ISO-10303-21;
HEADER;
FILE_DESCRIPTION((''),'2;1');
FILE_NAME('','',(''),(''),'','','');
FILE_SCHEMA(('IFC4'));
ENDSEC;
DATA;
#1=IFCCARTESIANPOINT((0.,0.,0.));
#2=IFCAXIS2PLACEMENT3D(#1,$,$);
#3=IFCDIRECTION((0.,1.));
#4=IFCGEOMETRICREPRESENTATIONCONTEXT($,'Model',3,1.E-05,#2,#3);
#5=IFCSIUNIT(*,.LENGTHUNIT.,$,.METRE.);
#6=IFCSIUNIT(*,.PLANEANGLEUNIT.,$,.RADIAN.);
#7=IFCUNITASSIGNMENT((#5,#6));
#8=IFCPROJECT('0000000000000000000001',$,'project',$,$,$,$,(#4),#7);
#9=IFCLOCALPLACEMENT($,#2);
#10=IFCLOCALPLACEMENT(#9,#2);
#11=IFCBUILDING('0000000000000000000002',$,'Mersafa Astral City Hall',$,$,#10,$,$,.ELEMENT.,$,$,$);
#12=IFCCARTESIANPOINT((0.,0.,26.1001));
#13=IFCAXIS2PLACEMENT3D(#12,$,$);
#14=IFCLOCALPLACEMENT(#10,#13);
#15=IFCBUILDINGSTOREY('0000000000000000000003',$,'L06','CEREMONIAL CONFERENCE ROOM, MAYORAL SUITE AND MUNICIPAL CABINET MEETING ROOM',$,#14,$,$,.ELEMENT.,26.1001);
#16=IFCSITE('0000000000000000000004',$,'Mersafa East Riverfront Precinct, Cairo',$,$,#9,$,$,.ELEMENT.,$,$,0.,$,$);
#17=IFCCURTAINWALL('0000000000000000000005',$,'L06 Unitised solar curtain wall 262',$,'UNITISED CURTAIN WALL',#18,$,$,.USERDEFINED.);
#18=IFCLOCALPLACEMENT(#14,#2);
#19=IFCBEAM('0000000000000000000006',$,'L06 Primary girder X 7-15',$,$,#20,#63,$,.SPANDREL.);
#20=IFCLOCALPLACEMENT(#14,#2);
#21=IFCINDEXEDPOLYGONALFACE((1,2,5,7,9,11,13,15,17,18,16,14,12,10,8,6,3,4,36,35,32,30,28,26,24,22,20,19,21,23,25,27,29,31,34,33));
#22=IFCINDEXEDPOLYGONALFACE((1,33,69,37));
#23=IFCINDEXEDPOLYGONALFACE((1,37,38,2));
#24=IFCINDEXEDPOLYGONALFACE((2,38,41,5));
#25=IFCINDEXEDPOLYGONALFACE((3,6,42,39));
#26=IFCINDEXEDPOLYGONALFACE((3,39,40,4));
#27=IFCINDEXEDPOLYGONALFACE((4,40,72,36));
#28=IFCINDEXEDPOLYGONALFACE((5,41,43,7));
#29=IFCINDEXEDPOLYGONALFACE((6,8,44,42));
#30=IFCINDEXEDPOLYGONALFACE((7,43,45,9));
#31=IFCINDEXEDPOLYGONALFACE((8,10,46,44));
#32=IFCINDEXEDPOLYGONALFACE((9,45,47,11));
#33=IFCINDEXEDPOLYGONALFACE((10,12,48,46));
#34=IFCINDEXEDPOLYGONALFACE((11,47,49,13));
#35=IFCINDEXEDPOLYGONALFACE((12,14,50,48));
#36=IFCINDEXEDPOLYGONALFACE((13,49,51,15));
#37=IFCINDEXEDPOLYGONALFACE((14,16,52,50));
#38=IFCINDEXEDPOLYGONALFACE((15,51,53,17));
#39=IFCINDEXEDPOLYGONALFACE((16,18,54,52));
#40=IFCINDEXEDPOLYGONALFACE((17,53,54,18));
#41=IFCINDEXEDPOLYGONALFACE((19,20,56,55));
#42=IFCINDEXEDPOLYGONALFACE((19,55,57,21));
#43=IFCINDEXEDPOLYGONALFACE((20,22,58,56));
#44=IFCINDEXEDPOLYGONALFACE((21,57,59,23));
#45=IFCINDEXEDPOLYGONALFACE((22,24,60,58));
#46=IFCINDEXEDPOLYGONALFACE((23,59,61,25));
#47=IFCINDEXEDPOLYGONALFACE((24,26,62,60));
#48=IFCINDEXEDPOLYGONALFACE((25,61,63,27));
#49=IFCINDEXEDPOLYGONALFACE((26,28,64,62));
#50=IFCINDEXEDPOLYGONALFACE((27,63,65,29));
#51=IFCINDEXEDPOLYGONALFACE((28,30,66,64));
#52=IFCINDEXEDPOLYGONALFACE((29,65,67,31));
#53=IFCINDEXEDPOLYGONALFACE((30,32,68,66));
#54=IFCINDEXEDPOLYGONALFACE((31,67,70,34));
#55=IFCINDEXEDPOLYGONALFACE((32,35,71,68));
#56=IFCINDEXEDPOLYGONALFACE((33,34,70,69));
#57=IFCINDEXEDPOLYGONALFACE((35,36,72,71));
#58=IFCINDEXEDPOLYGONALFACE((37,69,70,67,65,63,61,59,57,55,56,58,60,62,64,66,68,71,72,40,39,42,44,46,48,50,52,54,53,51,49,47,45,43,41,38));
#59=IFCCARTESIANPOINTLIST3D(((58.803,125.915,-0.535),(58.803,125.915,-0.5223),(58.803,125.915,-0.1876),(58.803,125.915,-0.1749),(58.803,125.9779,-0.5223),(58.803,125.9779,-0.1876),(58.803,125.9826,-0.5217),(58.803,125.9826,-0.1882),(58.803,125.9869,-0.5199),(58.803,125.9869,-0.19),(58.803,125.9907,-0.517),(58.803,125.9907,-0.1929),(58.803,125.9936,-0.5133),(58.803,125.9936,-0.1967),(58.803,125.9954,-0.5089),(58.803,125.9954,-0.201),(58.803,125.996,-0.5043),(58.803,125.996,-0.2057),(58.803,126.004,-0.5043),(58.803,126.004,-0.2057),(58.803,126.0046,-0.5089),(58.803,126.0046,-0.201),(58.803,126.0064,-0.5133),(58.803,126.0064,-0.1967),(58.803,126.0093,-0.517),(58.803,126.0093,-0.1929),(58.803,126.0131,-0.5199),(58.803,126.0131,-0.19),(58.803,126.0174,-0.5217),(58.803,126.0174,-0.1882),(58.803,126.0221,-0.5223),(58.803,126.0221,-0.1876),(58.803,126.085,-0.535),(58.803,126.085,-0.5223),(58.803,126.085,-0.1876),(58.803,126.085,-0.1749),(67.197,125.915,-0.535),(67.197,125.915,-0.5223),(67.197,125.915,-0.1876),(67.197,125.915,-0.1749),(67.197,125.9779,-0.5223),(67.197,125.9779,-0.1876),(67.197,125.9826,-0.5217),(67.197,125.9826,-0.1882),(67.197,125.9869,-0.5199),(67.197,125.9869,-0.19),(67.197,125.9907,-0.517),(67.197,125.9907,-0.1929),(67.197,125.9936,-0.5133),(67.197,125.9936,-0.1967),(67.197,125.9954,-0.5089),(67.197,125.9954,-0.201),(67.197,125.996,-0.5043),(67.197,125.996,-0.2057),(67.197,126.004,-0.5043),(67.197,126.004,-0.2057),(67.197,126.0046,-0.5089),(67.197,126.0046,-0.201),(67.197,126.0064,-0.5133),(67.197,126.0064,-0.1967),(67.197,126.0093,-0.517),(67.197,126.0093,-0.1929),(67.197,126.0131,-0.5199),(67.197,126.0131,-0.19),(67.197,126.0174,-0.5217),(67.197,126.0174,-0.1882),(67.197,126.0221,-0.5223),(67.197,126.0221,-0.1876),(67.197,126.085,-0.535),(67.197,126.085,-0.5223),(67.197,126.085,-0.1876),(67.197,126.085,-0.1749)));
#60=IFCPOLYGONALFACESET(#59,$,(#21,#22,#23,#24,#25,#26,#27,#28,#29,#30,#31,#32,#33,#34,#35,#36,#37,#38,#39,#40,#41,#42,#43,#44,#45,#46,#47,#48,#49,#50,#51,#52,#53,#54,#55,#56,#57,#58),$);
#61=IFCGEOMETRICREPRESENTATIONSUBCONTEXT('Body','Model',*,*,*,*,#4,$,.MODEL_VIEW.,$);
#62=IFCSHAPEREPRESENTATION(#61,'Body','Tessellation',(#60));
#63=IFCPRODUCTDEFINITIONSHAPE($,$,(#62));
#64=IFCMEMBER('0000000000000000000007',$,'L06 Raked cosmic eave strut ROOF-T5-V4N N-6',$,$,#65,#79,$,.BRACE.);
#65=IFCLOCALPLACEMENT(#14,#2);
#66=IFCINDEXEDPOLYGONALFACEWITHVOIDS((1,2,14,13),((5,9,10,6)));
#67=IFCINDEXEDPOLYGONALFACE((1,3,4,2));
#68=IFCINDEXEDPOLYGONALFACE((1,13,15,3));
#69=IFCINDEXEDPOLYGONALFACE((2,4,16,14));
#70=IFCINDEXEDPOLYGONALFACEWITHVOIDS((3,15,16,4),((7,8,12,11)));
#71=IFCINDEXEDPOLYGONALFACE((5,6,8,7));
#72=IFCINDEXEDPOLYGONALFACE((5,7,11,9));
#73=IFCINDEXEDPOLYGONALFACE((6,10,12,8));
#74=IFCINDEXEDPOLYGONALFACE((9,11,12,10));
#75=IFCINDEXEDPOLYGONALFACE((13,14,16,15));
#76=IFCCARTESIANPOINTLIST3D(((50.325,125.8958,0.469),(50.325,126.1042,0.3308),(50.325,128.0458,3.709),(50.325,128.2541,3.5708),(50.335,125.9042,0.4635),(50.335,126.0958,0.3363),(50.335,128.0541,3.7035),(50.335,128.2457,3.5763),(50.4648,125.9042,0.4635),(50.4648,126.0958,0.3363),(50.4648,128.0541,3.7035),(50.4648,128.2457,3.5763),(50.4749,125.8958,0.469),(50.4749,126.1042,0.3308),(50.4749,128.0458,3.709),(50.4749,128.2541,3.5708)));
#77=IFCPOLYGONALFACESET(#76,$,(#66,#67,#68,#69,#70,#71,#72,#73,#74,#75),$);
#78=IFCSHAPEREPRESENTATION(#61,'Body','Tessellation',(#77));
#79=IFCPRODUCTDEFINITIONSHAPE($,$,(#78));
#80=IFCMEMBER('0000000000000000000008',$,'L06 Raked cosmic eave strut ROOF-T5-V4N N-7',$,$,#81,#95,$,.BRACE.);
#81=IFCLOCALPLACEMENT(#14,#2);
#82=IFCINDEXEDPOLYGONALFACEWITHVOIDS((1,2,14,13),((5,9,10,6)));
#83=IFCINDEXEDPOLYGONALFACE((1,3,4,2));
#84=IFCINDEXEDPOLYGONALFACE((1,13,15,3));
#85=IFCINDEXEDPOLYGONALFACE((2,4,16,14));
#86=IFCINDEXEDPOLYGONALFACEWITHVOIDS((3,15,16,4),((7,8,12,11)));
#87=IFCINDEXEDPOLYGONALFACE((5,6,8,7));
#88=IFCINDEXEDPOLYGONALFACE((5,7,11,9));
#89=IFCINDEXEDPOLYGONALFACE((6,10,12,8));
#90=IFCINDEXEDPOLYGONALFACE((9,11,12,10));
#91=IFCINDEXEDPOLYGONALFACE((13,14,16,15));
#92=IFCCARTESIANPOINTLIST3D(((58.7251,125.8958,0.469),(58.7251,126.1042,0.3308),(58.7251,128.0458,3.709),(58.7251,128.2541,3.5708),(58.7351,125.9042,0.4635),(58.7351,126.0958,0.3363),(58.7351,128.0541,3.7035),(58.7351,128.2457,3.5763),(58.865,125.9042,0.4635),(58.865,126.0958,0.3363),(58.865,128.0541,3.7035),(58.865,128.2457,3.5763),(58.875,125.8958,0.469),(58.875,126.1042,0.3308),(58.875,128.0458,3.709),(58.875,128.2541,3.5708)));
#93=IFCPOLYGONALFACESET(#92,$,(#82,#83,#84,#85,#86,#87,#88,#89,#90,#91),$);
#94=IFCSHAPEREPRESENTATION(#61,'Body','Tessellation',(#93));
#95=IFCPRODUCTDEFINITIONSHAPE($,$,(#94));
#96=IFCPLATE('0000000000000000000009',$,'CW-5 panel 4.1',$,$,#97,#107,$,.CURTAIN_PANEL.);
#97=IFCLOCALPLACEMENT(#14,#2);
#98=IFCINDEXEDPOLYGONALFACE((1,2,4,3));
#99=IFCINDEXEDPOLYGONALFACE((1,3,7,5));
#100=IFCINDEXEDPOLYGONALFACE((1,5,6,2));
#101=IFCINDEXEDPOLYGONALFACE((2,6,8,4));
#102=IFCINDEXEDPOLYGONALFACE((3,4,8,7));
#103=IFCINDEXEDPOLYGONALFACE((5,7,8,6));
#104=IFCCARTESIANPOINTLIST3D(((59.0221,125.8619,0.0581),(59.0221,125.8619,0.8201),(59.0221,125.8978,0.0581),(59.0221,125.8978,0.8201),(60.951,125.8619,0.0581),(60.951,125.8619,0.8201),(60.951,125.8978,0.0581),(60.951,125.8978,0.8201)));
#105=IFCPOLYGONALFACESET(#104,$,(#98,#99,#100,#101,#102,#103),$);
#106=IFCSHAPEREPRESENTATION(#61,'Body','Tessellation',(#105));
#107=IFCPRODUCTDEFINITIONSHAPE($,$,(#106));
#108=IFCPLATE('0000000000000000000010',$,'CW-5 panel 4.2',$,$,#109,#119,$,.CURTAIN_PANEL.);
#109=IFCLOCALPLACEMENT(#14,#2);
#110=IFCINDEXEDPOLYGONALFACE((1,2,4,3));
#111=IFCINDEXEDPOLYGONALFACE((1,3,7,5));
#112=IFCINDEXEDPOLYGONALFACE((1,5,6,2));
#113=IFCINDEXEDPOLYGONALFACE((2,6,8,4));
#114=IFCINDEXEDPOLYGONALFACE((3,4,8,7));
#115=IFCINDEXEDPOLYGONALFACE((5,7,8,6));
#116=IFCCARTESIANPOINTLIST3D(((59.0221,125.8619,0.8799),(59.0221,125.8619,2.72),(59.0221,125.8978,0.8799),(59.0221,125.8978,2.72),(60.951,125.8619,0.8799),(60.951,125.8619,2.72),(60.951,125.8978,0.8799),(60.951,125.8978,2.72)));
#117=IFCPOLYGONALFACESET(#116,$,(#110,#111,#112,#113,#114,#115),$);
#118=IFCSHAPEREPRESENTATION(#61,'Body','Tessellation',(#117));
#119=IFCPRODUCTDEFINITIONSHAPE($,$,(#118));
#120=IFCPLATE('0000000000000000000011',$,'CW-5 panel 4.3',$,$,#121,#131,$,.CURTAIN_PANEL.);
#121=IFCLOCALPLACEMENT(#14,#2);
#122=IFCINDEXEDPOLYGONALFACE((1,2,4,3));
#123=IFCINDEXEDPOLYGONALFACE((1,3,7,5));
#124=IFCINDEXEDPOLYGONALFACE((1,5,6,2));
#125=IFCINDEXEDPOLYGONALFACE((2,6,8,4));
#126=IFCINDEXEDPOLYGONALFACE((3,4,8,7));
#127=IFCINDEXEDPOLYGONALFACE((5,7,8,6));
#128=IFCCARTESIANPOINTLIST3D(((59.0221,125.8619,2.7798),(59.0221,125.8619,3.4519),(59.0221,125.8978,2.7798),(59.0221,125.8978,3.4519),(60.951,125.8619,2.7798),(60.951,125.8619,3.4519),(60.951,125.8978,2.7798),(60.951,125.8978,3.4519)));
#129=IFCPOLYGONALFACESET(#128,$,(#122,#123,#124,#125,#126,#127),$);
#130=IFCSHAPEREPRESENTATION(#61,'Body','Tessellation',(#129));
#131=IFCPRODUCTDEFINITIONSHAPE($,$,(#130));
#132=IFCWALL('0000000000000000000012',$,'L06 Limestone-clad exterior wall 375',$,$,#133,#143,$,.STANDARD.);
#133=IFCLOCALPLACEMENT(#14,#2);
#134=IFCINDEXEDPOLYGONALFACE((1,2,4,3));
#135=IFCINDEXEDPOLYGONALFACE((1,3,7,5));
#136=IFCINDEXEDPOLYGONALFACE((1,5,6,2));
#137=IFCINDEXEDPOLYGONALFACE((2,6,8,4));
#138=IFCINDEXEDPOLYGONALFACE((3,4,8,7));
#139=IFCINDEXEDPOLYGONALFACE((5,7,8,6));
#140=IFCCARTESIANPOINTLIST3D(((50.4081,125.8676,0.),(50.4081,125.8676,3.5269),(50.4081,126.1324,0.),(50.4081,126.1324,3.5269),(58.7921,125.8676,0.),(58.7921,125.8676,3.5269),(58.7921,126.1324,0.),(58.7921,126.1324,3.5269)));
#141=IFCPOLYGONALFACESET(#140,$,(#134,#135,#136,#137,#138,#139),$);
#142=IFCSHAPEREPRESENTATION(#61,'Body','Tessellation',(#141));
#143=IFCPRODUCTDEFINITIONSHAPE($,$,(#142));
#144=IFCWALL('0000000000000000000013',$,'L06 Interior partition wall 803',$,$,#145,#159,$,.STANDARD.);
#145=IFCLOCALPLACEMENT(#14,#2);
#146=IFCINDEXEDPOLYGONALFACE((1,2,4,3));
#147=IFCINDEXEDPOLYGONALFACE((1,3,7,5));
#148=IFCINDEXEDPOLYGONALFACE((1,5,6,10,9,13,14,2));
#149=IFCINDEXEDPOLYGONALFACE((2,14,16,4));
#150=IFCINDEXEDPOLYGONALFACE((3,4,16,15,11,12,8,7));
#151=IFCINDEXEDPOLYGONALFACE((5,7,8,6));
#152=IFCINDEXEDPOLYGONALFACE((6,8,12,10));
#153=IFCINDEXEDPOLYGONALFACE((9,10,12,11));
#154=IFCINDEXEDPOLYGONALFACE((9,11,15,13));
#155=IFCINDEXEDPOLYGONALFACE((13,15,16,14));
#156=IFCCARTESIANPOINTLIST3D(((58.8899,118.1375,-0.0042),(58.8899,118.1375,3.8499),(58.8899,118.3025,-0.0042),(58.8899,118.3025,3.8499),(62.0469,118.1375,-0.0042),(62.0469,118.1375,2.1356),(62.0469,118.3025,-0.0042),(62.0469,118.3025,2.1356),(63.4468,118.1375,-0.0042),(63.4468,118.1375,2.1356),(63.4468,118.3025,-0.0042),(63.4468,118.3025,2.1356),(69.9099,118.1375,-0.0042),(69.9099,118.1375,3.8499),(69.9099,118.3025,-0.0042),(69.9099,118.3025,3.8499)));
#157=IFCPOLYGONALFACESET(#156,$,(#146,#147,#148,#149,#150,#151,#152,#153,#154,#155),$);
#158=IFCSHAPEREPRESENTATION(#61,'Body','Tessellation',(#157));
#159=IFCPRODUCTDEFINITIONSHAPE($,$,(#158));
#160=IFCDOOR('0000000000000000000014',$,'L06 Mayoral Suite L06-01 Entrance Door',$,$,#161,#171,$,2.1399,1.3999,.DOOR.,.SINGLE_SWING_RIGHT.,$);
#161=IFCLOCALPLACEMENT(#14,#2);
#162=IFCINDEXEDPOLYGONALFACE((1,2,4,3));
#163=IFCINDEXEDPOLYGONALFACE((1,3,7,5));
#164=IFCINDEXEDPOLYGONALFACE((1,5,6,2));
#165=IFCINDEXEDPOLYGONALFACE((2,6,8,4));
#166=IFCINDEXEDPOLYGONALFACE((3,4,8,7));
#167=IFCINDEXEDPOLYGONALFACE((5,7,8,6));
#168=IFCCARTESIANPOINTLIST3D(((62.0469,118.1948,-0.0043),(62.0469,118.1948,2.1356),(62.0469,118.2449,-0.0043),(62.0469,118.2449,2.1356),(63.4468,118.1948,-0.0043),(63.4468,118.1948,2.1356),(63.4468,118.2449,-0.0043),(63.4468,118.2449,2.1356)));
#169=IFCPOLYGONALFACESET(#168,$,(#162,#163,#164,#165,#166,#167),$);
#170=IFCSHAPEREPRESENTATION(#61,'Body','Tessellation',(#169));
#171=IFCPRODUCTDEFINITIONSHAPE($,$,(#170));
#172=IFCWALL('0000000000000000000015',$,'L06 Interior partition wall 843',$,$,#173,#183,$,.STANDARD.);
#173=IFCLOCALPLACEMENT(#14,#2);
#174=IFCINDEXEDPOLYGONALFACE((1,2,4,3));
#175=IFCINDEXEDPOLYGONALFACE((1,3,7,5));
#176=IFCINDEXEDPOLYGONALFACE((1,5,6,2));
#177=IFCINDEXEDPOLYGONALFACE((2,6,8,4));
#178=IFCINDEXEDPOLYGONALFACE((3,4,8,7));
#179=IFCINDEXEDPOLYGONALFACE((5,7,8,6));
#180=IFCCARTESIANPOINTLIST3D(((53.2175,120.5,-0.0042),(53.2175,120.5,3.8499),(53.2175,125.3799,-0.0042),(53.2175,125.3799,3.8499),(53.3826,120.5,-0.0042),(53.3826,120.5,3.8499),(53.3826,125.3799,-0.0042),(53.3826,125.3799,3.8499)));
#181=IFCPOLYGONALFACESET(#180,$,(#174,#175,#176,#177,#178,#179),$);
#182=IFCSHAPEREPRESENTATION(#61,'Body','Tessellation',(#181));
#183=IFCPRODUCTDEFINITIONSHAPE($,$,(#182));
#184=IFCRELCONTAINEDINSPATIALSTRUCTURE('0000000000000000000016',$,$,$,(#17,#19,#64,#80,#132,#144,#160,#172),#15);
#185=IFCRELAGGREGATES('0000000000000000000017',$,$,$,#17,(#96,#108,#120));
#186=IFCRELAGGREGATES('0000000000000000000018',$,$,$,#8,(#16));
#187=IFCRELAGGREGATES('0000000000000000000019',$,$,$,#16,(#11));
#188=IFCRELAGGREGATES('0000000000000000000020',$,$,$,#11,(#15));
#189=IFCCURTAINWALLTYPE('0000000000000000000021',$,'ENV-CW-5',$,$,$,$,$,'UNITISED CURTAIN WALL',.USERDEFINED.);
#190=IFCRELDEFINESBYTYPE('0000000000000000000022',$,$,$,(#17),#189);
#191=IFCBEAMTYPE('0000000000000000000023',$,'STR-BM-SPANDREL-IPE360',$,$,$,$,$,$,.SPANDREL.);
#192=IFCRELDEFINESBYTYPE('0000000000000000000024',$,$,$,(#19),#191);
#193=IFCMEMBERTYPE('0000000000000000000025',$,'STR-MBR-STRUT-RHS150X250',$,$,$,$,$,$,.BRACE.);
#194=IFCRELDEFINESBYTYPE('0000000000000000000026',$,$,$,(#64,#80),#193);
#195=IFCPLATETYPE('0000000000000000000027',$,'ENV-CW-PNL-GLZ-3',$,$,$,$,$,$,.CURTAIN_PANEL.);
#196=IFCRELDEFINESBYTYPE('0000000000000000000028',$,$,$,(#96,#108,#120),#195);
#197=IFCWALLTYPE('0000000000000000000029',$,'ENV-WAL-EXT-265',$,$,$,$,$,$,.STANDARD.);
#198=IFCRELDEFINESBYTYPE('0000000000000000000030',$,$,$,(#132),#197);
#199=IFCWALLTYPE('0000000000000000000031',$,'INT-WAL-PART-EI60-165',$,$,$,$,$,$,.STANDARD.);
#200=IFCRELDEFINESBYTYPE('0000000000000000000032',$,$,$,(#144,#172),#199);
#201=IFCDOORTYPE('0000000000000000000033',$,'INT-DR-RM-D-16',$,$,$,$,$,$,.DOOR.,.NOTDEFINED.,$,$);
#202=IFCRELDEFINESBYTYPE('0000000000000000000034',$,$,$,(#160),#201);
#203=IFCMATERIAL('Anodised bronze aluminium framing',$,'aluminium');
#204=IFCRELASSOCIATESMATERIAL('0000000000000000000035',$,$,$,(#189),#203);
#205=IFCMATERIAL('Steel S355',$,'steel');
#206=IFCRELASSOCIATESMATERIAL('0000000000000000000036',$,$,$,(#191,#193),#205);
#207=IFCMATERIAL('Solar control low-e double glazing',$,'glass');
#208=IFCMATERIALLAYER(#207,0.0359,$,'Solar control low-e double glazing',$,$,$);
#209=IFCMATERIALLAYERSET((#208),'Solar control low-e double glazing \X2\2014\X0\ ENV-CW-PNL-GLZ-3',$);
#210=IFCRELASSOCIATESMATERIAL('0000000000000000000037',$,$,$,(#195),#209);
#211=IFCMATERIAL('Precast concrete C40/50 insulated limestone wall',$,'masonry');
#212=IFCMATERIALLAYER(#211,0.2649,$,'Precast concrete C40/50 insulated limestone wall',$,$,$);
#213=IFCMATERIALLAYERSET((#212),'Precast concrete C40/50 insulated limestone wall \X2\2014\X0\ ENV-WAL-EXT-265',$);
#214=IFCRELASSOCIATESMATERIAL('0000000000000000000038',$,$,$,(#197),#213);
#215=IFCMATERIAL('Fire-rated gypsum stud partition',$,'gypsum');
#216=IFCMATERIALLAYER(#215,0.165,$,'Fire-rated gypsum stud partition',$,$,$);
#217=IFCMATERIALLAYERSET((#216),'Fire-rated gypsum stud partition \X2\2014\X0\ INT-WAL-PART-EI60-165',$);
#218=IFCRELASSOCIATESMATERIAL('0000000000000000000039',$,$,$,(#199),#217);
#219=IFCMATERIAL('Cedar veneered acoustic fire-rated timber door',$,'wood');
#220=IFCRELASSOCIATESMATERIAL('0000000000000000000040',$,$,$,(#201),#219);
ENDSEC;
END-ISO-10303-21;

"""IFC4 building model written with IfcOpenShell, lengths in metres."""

from ifc_helpers import new_model, si_unit, direction, frame, frame_2d, origin, origin_2d, place, context, subcontext, project, spatial, rectangle, hollow_rectangle, i_section, extrude, material, layer, layer_set, material_profile, profile_set, type_object, element, fill, aggregate, save


model = new_model("IFC4")

# Units and contexts
model_context = context("Model", 3, precision=1e-05, world=origin(), true_north=direction((0.0, 1.0)))
body_context = subcontext(model_context, "Body", "Model", "MODEL_VIEW")
ifc_project = project(units=[si_unit("LENGTHUNIT", "METRE"), si_unit("PLANEANGLEUNIT", "RADIAN")], contexts=[model_context])

# Site, building, storey
site_placement = place(None, origin())
site = spatial("IfcSite", under=ifc_project, at=site_placement, Name="Mersafa East Riverfront Precinct, Cairo", CompositionType="ELEMENT", RefElevation=0.0)
building_placement = place(site_placement, origin())
building = spatial("IfcBuilding", under=site, at=building_placement, Name="Mersafa Astral City Hall", CompositionType="ELEMENT")
storey_placement = place(building_placement, frame((0.0, 0.0, 26.1001)))
storey = spatial("IfcBuildingStorey", under=building, at=storey_placement, Name="L06", Description="CEREMONIAL CONFERENCE ROOM, MAYORAL SUITE AND MUNICIPAL CABINET MEETING ROOM", CompositionType="ELEMENT", Elevation=26.1001)

# Shared definitions
ifc_material_1 = material(Name="Steel S355", Category="steel")

# Curtain wall
ifc_material_2 = material(Name="Anodised bronze aluminium framing", Category="aluminium")
curtain_wall_type = type_object("IfcCurtainWallType", Name="ENV-CW-5", ElementType="UNITISED CURTAIN WALL", PredefinedType="USERDEFINED", material=ifc_material_2)
curtain_wall_placement = place(storey_placement, origin())
curtain_wall = element("IfcCurtainWall", 1, at=curtain_wall_placement, inside=storey, type_object=curtain_wall_type, Name="L06 Unitised solar curtain wall 262", ObjectType="UNITISED CURTAIN WALL", PredefinedType="USERDEFINED")

# Beam
ifc_material_profile_1 = material_profile(ifc_material_1, i_section(OverallWidth=0.1699, OverallDepth=0.3601, WebThickness=0.0081, FlangeThickness=0.0127, FilletRadius=0.0181, at=origin_2d()), Name="IPE 360")
ifc_profile_set_1 = profile_set([ifc_material_profile_1], Name="Steel S355")
beam_type_1 = type_object("IfcBeamType", Name="STR-BM-SPANDREL-IPE360", PredefinedType="SPANDREL", material=ifc_profile_set_1)
beam_1_placement = place(storey_placement, frame((58.803, 126.0, -0.355), z_axis=(1.0, 0.0, 0.0), x_axis=(0.0, 1.0, 0.0)))
element("IfcBeam", 2, at=beam_1_placement, inside=storey, type_object=beam_type_1, Name="L06 Primary girder X 7-15", PredefinedType="SPANDREL", context=body_context, shape_type="SweptSolid", body=[
    extrude(i_section(OverallWidth=0.1699, OverallDepth=0.3601, WebThickness=0.0081, FlangeThickness=0.0127, FilletRadius=0.0181, at=origin_2d()), origin(), (0.0, 0.0, 1.0), 8.394),
])

# Members
ifc_material_profile_2 = material_profile(ifc_material_1, hollow_rectangle(XDim=0.1499, YDim=0.25, WallThickness=0.01, at=origin_2d()), Name="RHS 150x250x10")
ifc_profile_set_2 = profile_set([ifc_material_profile_2], Name="Steel S355")
member_type_1 = type_object("IfcMemberType", Name="STR-MBR-STRUT-RHS150X250", PredefinedType="BRACE", material=ifc_profile_set_2)
for number, where, z_axis, x_axis, name in (
    (3, (50.3999, 126.0, 0.3999), (0.0, 0.552902, 0.833246), (-1.0, 0.0, 0.0), "L06 Raked cosmic eave strut ROOF-T5-V4N N-6"),
    (4, (58.8, 126.0, 0.3999), (0.0, 0.552902, 0.833246), (-1.0, 0.0, 0.0), "L06 Raked cosmic eave strut ROOF-T5-V4N N-7"),
):
    element("IfcMember", number, at=place(storey_placement, frame(where, z_axis=z_axis, x_axis=x_axis)), inside=storey, type_object=member_type_1, Name=name, PredefinedType="BRACE", context=body_context, shape_type="SweptSolid", body=[
        extrude(hollow_rectangle(XDim=0.1499, YDim=0.25, WallThickness=0.01, at=origin_2d()), origin(), (0.0, 0.0, 1.0), 3.8884),
    ])

# Plates
ifc_material_3 = material(Name="Solar control low-e double glazing", Category="glass")
ifc_layer_1 = layer(ifc_material_3, 0.0359, Name="Solar control low-e double glazing")
ifc_layer_set_1 = layer_set([ifc_layer_1], Name="Solar control low-e double glazing — ENV-CW-PNL-GLZ-3")
plate_type = type_object("IfcPlateType", Name="ENV-CW-PNL-GLZ-3", PredefinedType="CURTAIN_PANEL", material=ifc_layer_set_1)
plate_1_placement = place(storey_placement, frame((59.9866, 125.8799, 0.0581), z_axis=(0.0, 0.0, 1.0), x_axis=(-1.0, 0.0, 0.0)))
plate_1 = element("IfcPlate", 5, at=plate_1_placement, type_object=plate_type, Name="CW-5 panel 4.1", PredefinedType="CURTAIN_PANEL", context=body_context, shape_type="SweptSolid", body=[
    extrude(rectangle(XDim=1.929, YDim=0.0359, at=origin_2d()), origin(), (0.0, 0.0, 1.0), 0.762),
])
plate_2_placement = place(storey_placement, frame((59.9866, 125.8799, 0.8799), z_axis=(0.0, 0.0, 1.0), x_axis=(-1.0, 0.0, 0.0)))
plate_2 = element("IfcPlate", 6, at=plate_2_placement, type_object=plate_type, Name="CW-5 panel 4.2", PredefinedType="CURTAIN_PANEL", context=body_context, shape_type="SweptSolid", body=[
    extrude(rectangle(XDim=1.929, YDim=0.0359, at=origin_2d()), origin(), (0.0, 0.0, 1.0), 1.8401),
])
plate_3_placement = place(storey_placement, frame((59.9866, 125.8799, 2.7798), z_axis=(0.0, 0.0, 1.0), x_axis=(-1.0, 0.0, 0.0)))
plate_3 = element("IfcPlate", 7, at=plate_3_placement, type_object=plate_type, Name="CW-5 panel 4.3", PredefinedType="CURTAIN_PANEL", context=body_context, shape_type="SweptSolid", body=[
    extrude(rectangle(XDim=1.929, YDim=0.0359, at=origin_2d()), origin(), (0.0, 0.0, 1.0), 0.6721),
])
aggregate(curtain_wall, [plate_1, plate_2, plate_3])

# Wall
ifc_material_4 = material(Name="Precast concrete C40/50 insulated limestone wall", Category="masonry")
ifc_layer_2 = layer(ifc_material_4, 0.2649, Name="Precast concrete C40/50 insulated limestone wall")
ifc_layer_set_2 = layer_set([ifc_layer_2], Name="Precast concrete C40/50 insulated limestone wall — ENV-WAL-EXT-265")
wall_type_1 = type_object("IfcWallType", Name="ENV-WAL-EXT-265", PredefinedType="STANDARD", material=ifc_layer_set_2)
wall_1_placement = place(storey_placement, frame((58.792, 126.0, 0.0), z_axis=(0.0, 0.0, 1.0), x_axis=(-1.0, 0.0, 0.0)))
element("IfcWall", 8, at=wall_1_placement, inside=storey, type_object=wall_type_1, Name="L06 Limestone-clad exterior wall 375", PredefinedType="STANDARD", context=body_context, shape_type="SweptSolid", body=[
    extrude(rectangle(XDim=8.384, YDim=0.2649, at=frame_2d((4.1919, 0.0))), origin(), (0.0, 0.0, 1.0), 3.5269),
])

# Wall, opening, door
ifc_material_5 = material(Name="Fire-rated gypsum stud partition", Category="gypsum")
ifc_layer_3 = layer(ifc_material_5, 0.165, Name="Fire-rated gypsum stud partition")
ifc_layer_set_3 = layer_set([ifc_layer_3], Name="Fire-rated gypsum stud partition — INT-WAL-PART-EI60-165")
wall_type_2 = type_object("IfcWallType", Name="INT-WAL-PART-EI60-165", PredefinedType="STANDARD", material=ifc_layer_set_3)
wall_2_placement = place(storey_placement, frame((58.8899, 118.22, -0.0042), z_axis=(0.0, 0.0, 1.0), x_axis=(1.0, 0.0, 0.0)))
wall_2 = element("IfcWall", 9, at=wall_2_placement, inside=storey, type_object=wall_type_2, Name="L06 Interior partition wall 803", PredefinedType="STANDARD", context=body_context, shape_type="SweptSolid", body=[
    extrude(rectangle(XDim=11.02, YDim=0.165, at=frame_2d((5.51, 0.0))), origin(), (0.0, 0.0, 1.0), 3.854),
])
opening_1_placement = place(wall_2_placement, frame((3.157, 0.0, 0.0)))
opening_1 = element("IfcOpeningElement", 10, at=opening_1_placement, cuts=wall_2, PredefinedType="OPENING", context=body_context, shape_type="SweptSolid", body=[
    extrude(rectangle(XDim=1.3999, YDim=2.1399, at=frame_2d((0.7, 1.0698))), frame((0.0, 0.0925, 0.0), z_axis=(0.0, -1.0, 0.0), x_axis=(1.0, 0.0, 0.0)), (0.0, 0.0, 1.0), 0.1851),
])
ifc_material_6 = material(Name="Cedar veneered acoustic fire-rated timber door", Category="wood")
door_type_1 = type_object("IfcDoorType", Name="INT-DR-RM-D-16", OperationType="NOTDEFINED", PredefinedType="DOOR", material=ifc_material_6)
door_1_placement = place(opening_1_placement, origin())
door_1 = element("IfcDoor", 11, at=door_1_placement, inside=storey, type_object=door_type_1, Name="L06 Mayoral Suite L06-01 Entrance Door", OperationType="SINGLE_SWING_RIGHT", OverallHeight=2.1399, OverallWidth=1.3999, PredefinedType="DOOR", context=body_context, shape_type="SweptSolid", body=[
    extrude(rectangle(XDim=1.3999, YDim=2.1399, at=frame_2d((0.7, 1.0698))), frame((0.0, 0.0249, 0.0), z_axis=(0.0, -1.0, 0.0), x_axis=(1.0, 0.0, 0.0)), (0.0, 0.0, 1.0), 0.05),
])
fill(opening_1, door_1)

# Wall
wall_3_placement = place(storey_placement, frame((53.3, 120.5, -0.0042), z_axis=(0.0, 0.0, 1.0), x_axis=(0.0, 1.0, 0.0)))
element("IfcWall", 12, at=wall_3_placement, inside=storey, type_object=wall_type_2, Name="L06 Interior partition wall 843", PredefinedType="STANDARD", context=body_context, shape_type="SweptSolid", body=[
    extrude(rectangle(XDim=4.8799, YDim=0.165, at=frame_2d((2.4399, 0.0))), origin(), (0.0, 0.0, 1.0), 3.854),
])

save(model, "model.ifc")
